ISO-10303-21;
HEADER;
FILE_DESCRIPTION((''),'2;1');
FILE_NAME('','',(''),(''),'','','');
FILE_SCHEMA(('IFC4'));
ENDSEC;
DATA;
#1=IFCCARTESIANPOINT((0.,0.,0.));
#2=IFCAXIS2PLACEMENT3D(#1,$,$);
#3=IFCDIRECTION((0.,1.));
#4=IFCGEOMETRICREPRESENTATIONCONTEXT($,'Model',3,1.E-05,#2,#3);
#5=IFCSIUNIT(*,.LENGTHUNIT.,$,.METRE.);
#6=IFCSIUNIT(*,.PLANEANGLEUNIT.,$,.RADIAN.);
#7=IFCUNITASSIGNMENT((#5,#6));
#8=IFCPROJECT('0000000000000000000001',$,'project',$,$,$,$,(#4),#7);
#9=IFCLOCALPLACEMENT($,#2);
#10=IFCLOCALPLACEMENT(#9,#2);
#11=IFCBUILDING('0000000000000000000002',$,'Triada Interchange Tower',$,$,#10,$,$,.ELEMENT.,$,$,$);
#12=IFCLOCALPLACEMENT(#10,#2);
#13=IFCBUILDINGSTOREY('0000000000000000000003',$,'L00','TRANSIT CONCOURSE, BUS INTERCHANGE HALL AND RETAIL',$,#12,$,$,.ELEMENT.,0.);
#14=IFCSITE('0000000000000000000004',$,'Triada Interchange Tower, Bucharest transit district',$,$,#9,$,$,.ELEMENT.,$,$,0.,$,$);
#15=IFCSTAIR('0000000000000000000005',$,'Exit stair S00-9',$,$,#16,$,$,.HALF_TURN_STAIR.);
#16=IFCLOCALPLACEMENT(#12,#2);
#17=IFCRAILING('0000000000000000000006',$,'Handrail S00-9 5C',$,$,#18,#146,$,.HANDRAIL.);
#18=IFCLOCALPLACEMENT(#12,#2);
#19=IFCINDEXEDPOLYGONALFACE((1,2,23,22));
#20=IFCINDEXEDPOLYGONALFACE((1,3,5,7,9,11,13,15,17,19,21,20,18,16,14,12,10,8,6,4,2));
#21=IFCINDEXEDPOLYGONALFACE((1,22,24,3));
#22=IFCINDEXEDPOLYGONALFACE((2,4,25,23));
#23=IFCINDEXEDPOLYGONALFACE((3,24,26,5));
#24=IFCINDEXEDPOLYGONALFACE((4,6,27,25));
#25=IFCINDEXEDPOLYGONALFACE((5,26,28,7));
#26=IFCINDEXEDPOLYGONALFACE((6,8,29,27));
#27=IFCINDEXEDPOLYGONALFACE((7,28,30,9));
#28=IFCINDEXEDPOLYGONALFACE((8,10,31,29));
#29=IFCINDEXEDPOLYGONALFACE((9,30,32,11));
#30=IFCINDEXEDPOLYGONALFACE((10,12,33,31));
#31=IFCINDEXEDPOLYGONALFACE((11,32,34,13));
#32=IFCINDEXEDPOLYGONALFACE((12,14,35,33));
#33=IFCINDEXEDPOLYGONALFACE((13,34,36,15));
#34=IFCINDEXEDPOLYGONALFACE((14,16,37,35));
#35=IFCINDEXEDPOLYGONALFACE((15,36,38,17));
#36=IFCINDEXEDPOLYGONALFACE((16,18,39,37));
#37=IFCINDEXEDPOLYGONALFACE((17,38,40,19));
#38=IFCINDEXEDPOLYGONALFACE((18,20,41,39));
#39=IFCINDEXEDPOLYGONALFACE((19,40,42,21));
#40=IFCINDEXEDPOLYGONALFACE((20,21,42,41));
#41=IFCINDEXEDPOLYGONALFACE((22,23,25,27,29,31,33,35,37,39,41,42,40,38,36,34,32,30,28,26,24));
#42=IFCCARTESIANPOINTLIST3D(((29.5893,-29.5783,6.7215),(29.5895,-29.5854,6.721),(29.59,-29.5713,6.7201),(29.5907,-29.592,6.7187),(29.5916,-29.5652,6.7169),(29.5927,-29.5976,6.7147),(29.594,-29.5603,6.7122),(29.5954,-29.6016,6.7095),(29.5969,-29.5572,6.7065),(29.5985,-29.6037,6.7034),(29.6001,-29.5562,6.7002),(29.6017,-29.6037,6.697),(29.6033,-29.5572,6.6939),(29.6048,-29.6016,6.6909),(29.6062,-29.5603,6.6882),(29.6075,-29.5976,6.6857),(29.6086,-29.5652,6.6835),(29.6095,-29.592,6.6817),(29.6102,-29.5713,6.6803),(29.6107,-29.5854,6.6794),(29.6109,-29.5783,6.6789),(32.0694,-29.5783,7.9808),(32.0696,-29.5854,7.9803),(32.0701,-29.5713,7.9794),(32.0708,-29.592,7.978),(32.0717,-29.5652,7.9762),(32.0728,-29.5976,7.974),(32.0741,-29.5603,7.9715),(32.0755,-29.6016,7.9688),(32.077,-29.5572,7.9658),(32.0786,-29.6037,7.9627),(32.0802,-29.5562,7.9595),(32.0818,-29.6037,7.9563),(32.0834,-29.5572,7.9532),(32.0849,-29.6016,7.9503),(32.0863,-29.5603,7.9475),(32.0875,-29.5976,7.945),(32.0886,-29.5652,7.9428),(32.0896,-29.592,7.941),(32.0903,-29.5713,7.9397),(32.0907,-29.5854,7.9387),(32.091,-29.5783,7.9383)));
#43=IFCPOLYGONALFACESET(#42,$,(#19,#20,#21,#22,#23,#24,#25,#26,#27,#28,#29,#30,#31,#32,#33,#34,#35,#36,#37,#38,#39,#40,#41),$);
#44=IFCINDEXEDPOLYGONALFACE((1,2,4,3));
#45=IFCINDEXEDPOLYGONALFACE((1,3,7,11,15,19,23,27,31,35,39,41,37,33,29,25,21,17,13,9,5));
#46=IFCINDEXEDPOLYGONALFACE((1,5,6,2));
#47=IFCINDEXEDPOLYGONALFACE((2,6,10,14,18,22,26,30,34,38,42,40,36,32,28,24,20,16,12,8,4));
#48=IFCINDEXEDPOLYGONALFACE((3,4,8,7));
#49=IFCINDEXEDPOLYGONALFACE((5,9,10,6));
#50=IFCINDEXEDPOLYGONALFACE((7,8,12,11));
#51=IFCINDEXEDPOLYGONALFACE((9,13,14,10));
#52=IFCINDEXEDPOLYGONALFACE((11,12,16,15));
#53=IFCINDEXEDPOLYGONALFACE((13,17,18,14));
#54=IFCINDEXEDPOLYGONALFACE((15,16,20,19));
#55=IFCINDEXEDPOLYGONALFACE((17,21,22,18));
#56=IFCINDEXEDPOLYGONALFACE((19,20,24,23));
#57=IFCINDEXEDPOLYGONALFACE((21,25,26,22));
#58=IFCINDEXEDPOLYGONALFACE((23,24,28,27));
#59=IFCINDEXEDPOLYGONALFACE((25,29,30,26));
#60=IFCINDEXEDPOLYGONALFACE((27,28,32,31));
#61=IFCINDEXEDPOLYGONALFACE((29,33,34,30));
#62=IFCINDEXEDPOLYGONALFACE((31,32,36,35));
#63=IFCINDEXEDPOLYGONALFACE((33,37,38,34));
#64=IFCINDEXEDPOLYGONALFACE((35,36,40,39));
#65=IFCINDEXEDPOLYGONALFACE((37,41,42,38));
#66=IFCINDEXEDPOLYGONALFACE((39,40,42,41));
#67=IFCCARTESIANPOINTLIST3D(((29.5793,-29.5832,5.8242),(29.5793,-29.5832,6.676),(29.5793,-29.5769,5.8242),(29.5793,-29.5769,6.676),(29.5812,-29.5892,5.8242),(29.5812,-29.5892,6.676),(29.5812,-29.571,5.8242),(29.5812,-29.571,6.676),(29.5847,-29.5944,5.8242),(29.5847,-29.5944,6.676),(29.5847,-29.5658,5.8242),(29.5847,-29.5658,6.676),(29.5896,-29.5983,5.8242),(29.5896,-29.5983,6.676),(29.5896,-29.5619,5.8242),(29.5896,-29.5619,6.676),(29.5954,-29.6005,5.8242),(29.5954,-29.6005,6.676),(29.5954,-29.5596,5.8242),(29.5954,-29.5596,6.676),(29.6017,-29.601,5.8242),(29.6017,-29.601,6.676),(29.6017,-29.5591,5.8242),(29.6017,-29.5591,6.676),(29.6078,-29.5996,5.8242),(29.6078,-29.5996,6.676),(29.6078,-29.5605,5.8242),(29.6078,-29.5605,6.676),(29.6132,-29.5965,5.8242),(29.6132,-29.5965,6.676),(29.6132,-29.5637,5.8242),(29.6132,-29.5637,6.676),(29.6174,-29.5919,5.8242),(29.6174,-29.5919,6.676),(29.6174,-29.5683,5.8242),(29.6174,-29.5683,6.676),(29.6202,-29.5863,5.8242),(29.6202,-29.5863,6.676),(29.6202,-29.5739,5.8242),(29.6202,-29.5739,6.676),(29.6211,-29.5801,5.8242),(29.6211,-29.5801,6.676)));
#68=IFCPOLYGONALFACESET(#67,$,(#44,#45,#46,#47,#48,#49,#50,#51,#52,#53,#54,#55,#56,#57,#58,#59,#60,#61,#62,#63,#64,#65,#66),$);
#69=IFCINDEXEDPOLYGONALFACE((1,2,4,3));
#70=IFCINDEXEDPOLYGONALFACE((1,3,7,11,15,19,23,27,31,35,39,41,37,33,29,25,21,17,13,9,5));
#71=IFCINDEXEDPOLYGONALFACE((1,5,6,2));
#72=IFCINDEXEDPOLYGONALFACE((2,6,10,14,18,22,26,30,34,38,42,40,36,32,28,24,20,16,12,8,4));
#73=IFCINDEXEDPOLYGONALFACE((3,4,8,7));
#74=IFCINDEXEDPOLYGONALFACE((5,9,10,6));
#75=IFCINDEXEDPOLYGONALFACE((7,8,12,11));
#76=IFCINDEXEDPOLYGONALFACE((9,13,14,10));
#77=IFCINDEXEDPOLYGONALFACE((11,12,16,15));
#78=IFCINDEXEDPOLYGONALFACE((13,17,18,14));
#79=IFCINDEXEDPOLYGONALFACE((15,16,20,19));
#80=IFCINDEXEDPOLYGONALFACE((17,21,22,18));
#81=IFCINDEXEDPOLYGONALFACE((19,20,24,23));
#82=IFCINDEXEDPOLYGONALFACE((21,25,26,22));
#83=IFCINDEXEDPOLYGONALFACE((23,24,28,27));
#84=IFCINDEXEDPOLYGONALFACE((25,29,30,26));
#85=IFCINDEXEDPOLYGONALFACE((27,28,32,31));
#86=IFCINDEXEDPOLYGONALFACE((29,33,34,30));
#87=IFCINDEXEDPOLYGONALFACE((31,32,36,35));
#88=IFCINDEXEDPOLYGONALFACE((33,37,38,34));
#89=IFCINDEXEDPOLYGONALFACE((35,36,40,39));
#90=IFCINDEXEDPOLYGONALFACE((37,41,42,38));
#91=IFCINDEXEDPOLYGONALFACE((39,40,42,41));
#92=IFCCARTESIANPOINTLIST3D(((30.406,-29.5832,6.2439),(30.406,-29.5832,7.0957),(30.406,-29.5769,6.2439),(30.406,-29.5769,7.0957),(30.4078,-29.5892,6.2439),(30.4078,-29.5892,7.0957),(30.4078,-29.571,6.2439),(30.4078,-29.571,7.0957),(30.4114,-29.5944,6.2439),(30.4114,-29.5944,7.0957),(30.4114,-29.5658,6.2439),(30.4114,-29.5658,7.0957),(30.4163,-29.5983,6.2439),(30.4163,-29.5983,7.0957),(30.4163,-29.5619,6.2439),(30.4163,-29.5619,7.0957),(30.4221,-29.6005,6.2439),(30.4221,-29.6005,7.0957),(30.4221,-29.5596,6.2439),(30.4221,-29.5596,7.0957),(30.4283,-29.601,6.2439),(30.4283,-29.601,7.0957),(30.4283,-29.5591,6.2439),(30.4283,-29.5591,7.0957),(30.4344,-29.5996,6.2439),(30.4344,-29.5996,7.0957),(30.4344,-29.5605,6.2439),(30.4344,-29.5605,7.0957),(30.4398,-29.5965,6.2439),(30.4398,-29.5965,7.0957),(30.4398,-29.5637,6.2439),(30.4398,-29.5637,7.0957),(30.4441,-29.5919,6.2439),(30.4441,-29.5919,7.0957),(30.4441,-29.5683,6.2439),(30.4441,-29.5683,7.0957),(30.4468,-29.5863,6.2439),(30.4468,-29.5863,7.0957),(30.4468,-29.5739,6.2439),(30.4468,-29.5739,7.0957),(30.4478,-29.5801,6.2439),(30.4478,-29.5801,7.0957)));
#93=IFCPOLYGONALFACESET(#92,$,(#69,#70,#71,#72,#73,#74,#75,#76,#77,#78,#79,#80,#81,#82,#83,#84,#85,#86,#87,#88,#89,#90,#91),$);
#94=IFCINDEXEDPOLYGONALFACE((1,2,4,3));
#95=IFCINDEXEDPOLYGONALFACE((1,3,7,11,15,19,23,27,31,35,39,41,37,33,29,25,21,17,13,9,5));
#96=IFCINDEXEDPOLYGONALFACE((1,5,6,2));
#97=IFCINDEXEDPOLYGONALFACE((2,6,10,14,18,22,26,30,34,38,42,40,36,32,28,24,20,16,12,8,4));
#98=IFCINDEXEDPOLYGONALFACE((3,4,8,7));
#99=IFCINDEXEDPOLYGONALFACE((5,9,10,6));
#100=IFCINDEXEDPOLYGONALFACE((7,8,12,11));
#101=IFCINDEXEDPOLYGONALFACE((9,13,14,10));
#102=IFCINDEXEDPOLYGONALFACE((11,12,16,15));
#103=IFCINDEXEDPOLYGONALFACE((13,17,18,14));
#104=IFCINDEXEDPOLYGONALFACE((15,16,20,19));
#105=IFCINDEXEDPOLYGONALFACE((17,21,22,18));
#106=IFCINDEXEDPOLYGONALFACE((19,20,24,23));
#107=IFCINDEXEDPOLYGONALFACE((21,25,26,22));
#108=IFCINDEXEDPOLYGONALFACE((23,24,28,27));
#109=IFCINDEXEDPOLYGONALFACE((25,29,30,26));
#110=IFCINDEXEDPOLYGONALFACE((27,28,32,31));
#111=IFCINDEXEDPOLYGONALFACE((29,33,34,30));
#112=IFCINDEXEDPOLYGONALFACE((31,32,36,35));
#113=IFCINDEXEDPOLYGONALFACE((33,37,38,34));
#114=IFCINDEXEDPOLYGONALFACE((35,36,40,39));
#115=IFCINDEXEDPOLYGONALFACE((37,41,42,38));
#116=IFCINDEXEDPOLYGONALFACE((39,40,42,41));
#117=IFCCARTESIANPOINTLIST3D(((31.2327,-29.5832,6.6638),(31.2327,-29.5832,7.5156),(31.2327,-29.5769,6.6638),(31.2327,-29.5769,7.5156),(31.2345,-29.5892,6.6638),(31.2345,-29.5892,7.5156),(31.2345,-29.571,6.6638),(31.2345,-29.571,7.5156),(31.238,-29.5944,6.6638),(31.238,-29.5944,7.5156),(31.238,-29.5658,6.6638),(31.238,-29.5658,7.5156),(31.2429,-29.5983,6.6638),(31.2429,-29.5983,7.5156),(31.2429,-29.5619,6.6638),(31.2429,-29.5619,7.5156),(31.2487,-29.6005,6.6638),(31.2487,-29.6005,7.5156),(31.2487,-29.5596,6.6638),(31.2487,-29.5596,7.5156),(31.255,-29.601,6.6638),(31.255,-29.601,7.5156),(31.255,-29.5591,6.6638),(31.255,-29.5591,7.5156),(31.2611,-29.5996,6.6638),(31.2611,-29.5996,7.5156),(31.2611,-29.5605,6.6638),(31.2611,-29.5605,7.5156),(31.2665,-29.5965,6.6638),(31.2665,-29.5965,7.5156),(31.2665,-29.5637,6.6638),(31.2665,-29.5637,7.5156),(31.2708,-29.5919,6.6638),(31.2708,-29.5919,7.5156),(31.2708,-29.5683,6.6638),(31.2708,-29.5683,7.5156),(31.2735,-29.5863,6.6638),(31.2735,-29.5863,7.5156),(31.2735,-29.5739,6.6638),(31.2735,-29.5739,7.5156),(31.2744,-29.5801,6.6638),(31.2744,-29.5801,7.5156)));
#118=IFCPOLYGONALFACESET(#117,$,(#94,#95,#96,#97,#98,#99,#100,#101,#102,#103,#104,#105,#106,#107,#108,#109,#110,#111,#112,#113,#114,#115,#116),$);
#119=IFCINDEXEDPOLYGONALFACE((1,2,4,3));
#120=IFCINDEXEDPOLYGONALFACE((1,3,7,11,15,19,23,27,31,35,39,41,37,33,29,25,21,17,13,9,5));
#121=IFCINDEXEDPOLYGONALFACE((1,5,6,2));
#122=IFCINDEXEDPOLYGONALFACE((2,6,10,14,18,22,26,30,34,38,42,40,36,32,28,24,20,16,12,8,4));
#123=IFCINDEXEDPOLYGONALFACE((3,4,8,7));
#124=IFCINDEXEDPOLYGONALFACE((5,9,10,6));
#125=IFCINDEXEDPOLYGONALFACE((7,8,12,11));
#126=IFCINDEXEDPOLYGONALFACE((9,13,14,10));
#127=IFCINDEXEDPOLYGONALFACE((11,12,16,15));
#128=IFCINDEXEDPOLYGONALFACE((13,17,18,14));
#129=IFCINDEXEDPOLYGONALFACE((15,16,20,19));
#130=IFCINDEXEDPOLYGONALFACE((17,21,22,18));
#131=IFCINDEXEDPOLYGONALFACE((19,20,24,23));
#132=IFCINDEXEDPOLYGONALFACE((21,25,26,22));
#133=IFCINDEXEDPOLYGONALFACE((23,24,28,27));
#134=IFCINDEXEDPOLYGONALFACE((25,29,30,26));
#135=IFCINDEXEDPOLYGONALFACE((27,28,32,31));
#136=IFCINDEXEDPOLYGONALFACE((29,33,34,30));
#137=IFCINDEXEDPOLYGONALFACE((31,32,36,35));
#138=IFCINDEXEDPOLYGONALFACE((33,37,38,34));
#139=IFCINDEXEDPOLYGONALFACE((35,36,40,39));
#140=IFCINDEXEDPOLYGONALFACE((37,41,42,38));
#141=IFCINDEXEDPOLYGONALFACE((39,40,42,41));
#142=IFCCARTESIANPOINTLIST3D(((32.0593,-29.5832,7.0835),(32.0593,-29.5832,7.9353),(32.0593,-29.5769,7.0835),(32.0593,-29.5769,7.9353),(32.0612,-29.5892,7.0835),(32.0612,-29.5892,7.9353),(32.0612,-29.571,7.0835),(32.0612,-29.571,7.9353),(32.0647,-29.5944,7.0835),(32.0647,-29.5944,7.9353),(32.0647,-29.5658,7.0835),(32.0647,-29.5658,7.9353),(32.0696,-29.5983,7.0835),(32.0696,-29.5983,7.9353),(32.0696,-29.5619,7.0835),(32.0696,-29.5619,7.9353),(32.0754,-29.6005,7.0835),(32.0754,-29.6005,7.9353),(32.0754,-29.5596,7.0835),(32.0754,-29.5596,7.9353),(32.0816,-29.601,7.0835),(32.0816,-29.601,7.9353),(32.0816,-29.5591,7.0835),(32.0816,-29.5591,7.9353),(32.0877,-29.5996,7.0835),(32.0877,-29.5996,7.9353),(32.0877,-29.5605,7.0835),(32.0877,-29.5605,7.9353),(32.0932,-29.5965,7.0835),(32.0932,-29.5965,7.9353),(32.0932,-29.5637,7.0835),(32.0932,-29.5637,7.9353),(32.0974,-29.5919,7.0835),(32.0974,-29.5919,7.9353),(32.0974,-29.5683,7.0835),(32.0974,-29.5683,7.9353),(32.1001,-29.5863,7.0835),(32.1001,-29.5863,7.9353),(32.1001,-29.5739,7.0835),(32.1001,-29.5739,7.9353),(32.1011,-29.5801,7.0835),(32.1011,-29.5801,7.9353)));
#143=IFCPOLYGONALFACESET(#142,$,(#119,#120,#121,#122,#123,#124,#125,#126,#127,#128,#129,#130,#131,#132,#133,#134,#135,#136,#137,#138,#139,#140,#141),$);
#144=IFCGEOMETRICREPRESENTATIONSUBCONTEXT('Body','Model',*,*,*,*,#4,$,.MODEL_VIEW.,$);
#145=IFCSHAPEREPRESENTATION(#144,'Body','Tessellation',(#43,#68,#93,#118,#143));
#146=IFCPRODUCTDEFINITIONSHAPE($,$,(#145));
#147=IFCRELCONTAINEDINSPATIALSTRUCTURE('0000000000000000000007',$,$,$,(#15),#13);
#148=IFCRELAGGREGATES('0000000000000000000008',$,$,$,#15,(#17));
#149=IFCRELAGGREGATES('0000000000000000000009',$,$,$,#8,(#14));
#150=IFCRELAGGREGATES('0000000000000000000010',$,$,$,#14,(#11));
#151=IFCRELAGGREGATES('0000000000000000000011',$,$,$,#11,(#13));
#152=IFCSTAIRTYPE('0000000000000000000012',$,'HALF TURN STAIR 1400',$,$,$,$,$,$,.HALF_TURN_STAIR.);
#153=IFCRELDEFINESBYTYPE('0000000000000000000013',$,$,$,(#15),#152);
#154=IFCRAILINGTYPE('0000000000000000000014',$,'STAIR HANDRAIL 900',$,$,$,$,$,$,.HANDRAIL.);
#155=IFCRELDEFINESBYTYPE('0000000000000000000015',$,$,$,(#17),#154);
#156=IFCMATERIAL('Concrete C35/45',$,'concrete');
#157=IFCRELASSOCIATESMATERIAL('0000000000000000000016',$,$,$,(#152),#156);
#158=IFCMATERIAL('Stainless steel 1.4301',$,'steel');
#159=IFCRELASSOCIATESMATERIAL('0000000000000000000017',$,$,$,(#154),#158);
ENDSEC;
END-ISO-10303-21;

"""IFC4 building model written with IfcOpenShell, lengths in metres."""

from ifc_helpers import new_model, si_unit, direction, frame, origin, origin_2d, place, context, subcontext, project, spatial, circle, extrude, material, type_object, element, aggregate, save


model = new_model("IFC4")

# Units and contexts
model_context = context("Model", 3, precision=1e-05, world=origin(), true_north=direction((0.0, 1.0)))
body_context = subcontext(model_context, "Body", "Model", "MODEL_VIEW")
ifc_project = project(units=[si_unit("LENGTHUNIT", "METRE"), si_unit("PLANEANGLEUNIT", "RADIAN")], contexts=[model_context])

# Site, building, storey
site_placement = place(None, origin())
site = spatial("IfcSite", under=ifc_project, at=site_placement, Name="Triada Interchange Tower, Bucharest transit district", CompositionType="ELEMENT", RefElevation=0.0)
building_placement = place(site_placement, origin())
building = spatial("IfcBuilding", under=site, at=building_placement, Name="Triada Interchange Tower", CompositionType="ELEMENT")
storey_placement = place(building_placement, origin())
storey = spatial("IfcBuildingStorey", under=building, at=storey_placement, Name="L00", Description="TRANSIT CONCOURSE, BUS INTERCHANGE HALL AND RETAIL", CompositionType="ELEMENT", Elevation=0.0)

# Stair, railing
ifc_material_1 = material(Name="Concrete C35/45", Category="concrete")
stair_type = type_object("IfcStairType", Name="HALF TURN STAIR 1400", PredefinedType="HALF_TURN_STAIR", material=ifc_material_1)
stair_placement = place(storey_placement, origin())
stair = element("IfcStair", 1, at=stair_placement, inside=storey, type_object=stair_type, Name="Exit stair S00-9", PredefinedType="HALF_TURN_STAIR")
ifc_material_2 = material(Name="Stainless steel 1.4301", Category="steel")
railing_type = type_object("IfcRailingType", Name="STAIR HANDRAIL 900", PredefinedType="HANDRAIL", material=ifc_material_2)
railing_1_placement = place(storey_placement, frame((29.6001, -29.5801, 5.8242)))
railing_1 = element("IfcRailing", 2, at=railing_1_placement, type_object=railing_type, Name="Handrail S00-9 5C", PredefinedType="HANDRAIL", context=body_context, shape_type="SweptSolid", body=[
    extrude(circle(Radius=0.0239, at=origin_2d()), frame((0.0, 0.0, 0.876), z_axis=(0.891636, 0.0, 0.452752), x_axis=(0.0, 1.0, 0.0)), (0.0, 0.0, 1.0), 2.7815),
    extrude(circle(Radius=0.021, at=origin_2d()), origin(), (0.0, 0.0, 1.0), 0.8518),
    extrude(circle(Radius=0.021, at=origin_2d()), frame((0.8267, 0.0, 0.4197)), (0.0, 0.0, 1.0), 0.8518),
    extrude(circle(Radius=0.021, at=origin_2d()), frame((1.6533, 0.0, 0.8396)), (0.0, 0.0, 1.0), 0.8518),
    extrude(circle(Radius=0.021, at=origin_2d()), frame((2.48, 0.0, 1.2593)), (0.0, 0.0, 1.0), 0.8518),
])
aggregate(stair, [railing_1])

save(model, "model.ifc")
